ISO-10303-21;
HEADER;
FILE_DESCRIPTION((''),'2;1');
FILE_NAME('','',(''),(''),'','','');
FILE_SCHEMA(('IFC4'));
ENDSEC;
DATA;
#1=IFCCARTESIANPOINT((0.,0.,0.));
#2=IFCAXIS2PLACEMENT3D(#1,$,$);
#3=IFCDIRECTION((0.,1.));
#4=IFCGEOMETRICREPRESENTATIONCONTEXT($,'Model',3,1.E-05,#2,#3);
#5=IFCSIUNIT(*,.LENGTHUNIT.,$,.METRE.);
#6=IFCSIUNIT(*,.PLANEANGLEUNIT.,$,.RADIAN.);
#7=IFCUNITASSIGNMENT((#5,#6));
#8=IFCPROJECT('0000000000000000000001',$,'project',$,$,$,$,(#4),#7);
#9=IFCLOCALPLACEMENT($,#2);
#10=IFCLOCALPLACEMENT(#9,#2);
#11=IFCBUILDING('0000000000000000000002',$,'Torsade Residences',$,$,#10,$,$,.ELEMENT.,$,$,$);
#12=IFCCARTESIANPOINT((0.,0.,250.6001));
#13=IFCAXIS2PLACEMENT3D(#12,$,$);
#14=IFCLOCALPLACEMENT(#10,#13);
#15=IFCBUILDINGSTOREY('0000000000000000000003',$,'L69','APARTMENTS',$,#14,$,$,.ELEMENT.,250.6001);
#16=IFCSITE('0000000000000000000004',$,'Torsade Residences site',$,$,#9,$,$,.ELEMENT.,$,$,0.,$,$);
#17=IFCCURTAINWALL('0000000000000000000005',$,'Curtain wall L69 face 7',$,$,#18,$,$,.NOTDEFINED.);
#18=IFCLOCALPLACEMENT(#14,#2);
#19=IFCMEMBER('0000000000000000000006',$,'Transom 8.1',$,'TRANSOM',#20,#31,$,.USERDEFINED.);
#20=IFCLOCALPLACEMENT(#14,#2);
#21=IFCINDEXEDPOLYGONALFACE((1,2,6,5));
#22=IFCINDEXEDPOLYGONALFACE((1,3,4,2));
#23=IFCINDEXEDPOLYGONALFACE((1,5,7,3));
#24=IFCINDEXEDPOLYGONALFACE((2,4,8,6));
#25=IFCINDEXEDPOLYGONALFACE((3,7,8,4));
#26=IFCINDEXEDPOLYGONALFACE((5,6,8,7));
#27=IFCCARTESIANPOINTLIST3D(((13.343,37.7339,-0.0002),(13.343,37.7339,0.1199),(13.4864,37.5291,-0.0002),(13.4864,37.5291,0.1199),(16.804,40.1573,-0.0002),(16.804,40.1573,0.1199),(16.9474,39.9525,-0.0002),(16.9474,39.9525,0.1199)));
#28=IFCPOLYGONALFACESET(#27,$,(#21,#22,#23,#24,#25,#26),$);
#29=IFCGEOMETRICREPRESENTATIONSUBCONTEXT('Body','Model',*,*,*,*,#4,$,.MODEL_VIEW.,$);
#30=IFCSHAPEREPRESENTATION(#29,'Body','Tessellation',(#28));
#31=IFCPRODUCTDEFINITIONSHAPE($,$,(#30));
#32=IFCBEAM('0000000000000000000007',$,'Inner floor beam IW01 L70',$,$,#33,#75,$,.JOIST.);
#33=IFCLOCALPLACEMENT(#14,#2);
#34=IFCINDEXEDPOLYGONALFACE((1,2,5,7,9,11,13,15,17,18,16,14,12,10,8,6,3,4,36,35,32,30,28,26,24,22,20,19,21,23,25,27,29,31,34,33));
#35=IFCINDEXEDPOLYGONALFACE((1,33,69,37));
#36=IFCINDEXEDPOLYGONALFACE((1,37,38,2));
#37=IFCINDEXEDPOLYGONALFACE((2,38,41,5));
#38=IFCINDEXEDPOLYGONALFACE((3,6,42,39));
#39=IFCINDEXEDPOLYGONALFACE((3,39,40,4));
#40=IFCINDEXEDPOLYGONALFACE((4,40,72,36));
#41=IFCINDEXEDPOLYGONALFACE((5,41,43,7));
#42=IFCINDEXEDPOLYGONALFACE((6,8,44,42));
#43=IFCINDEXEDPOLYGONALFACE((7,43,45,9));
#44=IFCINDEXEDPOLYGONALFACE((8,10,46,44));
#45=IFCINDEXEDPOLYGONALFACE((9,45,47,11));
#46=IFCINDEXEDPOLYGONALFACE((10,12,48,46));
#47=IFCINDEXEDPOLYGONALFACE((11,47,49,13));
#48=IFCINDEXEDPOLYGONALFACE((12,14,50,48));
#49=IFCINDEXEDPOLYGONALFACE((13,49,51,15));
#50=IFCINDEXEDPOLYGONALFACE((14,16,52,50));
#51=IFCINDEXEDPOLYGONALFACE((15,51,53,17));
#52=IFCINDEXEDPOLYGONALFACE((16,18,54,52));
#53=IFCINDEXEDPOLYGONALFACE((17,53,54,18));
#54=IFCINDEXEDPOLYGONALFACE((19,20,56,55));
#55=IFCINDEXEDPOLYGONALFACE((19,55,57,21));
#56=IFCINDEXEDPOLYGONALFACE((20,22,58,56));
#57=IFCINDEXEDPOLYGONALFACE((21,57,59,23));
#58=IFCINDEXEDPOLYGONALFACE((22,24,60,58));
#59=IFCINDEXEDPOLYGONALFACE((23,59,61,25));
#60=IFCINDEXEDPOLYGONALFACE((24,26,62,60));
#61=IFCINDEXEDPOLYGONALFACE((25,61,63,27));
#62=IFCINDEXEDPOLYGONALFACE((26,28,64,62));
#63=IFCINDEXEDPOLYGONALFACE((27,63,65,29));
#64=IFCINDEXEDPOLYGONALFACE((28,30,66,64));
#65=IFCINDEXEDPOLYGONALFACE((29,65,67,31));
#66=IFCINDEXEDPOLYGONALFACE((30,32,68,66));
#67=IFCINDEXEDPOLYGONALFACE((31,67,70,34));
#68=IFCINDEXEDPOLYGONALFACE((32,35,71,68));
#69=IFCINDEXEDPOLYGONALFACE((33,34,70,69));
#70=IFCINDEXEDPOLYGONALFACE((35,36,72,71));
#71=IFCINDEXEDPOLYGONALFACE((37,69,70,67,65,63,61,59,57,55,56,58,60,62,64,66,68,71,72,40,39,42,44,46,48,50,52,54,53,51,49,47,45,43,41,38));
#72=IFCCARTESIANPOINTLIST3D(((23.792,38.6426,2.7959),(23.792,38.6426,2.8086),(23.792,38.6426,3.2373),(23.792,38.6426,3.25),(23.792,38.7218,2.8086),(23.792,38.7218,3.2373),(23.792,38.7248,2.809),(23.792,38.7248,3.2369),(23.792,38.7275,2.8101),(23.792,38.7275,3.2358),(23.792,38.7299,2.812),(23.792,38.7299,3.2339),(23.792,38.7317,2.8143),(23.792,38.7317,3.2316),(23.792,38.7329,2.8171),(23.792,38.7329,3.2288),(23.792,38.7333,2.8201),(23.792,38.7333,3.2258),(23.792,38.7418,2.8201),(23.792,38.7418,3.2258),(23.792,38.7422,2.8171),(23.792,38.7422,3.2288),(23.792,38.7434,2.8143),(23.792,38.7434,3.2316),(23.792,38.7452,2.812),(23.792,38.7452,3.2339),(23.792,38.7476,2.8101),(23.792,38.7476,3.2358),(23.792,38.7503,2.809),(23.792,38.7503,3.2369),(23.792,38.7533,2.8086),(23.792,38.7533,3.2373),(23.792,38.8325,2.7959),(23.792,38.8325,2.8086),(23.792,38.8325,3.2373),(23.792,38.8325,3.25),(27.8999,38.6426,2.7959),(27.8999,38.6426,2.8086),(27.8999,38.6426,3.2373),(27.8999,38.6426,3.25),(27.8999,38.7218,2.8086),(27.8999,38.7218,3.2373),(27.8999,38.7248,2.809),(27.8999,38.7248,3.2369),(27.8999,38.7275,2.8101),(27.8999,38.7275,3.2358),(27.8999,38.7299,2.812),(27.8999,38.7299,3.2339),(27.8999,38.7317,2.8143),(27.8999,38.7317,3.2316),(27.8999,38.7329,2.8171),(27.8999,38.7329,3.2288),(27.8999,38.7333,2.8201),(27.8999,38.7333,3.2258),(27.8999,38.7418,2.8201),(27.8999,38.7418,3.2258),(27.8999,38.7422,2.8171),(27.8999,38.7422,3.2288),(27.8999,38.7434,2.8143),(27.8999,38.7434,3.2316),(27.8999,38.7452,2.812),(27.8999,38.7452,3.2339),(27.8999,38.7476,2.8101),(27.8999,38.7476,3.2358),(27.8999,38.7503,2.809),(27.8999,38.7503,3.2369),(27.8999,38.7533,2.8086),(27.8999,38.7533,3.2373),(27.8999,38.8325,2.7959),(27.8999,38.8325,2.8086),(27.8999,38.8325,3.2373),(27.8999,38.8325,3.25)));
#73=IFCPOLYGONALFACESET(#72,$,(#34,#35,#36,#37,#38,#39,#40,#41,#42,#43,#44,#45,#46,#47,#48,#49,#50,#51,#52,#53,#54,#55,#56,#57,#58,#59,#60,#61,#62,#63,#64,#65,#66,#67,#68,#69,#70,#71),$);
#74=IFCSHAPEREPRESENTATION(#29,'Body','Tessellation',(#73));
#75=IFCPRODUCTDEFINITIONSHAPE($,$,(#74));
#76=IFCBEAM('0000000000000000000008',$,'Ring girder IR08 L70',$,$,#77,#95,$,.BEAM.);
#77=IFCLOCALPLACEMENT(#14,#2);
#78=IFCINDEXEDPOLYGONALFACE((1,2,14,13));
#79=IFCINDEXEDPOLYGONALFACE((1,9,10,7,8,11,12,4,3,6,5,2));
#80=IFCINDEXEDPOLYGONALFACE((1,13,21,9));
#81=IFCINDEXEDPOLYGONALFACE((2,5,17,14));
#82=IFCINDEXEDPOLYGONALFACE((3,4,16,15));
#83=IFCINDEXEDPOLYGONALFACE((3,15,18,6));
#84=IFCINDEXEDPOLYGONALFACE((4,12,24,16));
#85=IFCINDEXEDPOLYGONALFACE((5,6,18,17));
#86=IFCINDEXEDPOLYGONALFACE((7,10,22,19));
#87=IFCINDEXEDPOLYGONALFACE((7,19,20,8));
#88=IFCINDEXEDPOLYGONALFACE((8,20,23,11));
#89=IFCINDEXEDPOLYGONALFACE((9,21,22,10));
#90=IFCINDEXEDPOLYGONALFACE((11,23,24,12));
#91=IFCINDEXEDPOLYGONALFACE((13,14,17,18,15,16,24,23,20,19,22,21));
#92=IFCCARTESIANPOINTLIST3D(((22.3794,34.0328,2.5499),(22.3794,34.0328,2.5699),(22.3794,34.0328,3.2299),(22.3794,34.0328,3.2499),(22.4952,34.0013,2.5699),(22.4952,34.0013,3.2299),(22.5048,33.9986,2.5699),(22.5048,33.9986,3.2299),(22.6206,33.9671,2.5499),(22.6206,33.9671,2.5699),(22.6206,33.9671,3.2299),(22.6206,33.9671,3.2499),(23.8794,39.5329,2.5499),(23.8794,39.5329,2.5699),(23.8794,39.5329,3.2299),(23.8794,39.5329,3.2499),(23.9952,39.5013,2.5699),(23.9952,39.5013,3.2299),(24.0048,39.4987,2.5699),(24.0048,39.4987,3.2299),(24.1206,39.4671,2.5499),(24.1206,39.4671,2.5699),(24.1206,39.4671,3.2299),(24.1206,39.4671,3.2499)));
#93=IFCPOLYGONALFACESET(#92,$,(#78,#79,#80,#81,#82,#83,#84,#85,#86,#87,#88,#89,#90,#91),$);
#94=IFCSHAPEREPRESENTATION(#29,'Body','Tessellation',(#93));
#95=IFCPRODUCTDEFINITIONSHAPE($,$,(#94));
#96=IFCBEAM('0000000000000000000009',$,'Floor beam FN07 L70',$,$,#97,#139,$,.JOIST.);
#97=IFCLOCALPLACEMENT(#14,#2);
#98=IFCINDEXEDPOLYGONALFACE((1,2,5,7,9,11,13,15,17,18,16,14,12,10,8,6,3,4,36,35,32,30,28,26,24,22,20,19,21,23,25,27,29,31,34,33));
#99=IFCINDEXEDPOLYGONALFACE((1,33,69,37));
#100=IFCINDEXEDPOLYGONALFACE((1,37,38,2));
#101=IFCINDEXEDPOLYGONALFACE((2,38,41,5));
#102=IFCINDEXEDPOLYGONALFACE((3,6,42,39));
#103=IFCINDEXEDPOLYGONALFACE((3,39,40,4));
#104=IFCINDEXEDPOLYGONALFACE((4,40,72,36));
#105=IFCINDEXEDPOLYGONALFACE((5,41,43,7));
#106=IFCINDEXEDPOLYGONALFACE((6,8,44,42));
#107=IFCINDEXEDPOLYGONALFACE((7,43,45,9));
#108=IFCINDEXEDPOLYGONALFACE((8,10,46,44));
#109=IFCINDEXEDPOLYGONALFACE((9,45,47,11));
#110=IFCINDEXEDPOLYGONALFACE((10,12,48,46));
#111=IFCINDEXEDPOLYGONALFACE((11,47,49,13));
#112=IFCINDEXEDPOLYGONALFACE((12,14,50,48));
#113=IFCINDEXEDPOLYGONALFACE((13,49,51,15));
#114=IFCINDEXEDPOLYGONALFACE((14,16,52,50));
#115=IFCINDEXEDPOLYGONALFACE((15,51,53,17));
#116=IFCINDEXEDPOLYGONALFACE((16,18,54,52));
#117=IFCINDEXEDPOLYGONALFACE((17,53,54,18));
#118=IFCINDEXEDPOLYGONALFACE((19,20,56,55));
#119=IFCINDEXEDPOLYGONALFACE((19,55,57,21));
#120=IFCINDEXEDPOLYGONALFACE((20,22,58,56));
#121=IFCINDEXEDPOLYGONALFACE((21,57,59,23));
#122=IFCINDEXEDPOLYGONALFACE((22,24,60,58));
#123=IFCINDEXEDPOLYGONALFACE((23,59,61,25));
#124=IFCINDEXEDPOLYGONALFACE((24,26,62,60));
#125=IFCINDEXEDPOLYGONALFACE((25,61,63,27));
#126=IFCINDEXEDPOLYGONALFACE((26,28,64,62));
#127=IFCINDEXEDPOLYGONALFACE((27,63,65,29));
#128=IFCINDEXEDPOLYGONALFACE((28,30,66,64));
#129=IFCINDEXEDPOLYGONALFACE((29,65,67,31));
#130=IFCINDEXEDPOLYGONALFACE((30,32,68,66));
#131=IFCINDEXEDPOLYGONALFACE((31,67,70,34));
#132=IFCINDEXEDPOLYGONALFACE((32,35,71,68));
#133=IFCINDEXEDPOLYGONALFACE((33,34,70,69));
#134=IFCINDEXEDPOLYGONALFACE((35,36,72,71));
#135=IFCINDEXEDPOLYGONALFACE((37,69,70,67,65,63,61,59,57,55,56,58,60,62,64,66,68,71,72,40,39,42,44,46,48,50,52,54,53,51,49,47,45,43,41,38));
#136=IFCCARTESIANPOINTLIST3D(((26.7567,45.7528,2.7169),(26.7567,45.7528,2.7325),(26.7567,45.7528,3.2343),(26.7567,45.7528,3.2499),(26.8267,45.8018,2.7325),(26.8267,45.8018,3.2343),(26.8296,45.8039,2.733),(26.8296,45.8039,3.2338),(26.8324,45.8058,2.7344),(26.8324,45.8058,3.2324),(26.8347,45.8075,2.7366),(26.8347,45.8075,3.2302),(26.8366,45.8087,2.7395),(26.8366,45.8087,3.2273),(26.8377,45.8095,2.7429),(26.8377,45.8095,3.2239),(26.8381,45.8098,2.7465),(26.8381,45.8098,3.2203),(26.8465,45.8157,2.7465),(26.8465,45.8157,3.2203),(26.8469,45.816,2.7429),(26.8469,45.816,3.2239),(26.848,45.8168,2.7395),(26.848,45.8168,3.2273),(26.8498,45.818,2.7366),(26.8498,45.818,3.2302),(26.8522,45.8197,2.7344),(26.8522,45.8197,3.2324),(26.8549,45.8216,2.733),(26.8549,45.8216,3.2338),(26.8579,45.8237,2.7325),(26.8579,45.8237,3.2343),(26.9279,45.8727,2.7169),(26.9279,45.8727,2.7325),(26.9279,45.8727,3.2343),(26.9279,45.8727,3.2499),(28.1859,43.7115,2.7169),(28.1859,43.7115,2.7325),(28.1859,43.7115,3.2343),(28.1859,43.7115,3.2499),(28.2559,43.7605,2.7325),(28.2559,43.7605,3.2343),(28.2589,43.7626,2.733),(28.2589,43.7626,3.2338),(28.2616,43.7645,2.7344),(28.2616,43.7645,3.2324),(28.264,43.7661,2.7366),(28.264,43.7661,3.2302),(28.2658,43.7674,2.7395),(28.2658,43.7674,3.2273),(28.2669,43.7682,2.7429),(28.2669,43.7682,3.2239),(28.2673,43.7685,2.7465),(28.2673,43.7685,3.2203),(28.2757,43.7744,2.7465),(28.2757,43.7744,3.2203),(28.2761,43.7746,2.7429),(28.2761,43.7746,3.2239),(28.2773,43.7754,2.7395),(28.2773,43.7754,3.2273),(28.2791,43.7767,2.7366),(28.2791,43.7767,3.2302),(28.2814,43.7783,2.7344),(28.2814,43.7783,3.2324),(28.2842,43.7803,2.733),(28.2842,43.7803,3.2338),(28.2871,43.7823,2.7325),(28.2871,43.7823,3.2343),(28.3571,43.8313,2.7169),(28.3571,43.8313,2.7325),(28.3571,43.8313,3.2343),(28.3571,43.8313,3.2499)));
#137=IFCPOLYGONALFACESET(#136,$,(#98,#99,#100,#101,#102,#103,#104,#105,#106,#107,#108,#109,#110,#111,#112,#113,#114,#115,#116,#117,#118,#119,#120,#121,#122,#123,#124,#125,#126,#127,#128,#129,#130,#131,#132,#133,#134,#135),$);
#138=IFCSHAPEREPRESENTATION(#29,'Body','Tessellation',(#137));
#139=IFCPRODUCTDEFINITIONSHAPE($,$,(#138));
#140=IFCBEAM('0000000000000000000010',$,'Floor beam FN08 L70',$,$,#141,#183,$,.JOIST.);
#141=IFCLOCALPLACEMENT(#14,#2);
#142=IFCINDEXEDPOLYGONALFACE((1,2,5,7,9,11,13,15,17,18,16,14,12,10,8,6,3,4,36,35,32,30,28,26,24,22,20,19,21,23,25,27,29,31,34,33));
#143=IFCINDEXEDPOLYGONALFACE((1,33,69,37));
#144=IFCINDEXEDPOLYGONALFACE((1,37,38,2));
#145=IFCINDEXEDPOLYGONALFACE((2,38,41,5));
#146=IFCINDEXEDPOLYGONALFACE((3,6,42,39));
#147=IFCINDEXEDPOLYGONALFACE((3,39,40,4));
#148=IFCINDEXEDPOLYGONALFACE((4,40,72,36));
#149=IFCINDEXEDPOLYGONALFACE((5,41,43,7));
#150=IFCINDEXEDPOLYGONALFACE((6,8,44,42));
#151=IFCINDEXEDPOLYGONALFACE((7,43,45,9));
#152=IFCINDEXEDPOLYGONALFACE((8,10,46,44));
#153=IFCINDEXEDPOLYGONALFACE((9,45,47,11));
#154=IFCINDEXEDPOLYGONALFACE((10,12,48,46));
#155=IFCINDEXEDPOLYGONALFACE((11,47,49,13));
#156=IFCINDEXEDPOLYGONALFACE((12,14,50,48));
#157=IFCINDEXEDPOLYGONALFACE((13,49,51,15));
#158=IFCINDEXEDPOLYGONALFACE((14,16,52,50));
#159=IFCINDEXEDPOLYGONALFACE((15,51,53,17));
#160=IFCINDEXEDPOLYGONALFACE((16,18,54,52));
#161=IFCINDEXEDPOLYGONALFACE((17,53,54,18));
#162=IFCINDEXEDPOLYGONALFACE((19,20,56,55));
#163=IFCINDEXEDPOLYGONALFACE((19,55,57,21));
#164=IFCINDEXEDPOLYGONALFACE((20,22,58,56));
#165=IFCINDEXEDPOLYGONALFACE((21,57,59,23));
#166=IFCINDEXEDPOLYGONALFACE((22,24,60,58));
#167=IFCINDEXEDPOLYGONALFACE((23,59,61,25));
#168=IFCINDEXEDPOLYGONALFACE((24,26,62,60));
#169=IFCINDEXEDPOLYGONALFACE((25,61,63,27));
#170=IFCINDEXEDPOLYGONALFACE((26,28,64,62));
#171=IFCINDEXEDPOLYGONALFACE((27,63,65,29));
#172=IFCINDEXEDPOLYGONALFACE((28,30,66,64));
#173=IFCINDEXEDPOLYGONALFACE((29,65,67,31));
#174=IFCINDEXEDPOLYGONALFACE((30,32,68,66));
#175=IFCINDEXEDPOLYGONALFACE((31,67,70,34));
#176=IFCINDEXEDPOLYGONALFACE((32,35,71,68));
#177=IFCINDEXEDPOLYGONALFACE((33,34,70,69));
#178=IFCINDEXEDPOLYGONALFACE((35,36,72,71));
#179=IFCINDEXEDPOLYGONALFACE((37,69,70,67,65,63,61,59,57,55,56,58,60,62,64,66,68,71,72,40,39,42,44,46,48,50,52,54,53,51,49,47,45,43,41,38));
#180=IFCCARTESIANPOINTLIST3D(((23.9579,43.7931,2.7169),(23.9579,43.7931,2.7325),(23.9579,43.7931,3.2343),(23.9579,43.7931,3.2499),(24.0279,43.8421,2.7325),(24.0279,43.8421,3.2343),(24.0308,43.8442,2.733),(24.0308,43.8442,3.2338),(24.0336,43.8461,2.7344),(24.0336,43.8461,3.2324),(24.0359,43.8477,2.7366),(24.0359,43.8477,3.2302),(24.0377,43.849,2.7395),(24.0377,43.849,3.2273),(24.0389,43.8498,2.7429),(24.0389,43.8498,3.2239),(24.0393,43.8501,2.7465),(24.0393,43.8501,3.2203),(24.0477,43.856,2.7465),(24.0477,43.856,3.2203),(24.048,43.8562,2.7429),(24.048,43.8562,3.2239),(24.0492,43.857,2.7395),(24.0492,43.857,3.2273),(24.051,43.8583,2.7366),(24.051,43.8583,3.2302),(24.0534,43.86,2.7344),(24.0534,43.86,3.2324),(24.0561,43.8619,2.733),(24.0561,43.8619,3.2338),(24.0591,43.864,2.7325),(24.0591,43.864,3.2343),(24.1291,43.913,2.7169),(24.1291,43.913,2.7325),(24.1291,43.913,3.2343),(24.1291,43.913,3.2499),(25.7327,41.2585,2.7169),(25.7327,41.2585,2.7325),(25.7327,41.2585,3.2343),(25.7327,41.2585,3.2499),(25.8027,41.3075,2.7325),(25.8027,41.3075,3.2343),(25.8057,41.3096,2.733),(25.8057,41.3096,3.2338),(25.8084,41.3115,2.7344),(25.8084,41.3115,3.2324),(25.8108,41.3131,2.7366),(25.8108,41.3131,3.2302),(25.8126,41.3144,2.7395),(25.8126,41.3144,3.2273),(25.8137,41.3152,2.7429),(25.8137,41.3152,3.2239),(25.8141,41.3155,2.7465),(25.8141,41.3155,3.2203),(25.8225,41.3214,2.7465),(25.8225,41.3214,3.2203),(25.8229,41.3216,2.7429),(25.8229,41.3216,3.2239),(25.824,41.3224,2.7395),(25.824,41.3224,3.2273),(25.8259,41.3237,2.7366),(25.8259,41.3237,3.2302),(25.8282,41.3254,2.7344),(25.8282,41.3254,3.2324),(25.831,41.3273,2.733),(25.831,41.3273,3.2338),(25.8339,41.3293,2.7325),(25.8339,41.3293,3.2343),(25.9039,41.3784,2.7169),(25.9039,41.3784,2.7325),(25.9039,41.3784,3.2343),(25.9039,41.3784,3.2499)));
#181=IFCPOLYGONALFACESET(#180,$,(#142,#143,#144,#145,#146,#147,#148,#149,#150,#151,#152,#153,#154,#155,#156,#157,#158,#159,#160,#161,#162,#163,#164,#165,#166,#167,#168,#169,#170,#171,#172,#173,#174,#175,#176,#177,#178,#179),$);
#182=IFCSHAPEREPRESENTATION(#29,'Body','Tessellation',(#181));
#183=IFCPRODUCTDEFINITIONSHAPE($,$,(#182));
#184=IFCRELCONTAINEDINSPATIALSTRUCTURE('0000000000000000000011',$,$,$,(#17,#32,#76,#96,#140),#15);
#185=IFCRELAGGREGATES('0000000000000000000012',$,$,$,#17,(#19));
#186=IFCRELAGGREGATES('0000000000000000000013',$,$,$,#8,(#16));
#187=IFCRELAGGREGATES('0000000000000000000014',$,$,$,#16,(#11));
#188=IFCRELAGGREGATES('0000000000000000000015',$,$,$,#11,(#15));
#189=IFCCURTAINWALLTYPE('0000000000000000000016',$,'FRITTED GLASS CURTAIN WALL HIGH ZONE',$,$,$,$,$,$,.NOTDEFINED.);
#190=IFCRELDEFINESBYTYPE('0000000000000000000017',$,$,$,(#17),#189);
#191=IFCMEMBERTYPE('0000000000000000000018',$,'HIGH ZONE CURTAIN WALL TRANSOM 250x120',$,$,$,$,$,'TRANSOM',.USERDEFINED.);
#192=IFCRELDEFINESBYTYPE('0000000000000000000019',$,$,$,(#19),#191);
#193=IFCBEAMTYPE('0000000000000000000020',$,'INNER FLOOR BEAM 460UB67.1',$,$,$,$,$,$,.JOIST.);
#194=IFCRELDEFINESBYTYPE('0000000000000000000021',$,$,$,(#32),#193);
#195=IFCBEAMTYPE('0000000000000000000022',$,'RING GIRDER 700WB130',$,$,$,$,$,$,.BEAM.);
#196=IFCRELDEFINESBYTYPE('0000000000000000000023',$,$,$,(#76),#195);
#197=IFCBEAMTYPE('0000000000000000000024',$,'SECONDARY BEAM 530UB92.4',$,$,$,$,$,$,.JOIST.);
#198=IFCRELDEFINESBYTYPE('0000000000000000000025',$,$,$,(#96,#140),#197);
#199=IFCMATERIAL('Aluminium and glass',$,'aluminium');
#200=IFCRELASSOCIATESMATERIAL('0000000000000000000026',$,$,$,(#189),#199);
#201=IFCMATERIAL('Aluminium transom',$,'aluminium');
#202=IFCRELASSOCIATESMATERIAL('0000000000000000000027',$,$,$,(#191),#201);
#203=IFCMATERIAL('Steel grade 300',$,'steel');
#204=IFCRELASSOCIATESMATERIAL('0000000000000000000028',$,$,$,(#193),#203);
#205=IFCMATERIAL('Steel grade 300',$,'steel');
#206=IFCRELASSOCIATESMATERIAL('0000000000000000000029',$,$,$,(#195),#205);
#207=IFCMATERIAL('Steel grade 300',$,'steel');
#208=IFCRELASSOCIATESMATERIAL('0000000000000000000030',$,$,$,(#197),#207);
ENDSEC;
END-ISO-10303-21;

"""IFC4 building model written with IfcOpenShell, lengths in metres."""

from ifc_helpers import new_model, si_unit, direction, frame, origin, origin_2d, place, context, subcontext, project, spatial, rectangle, i_section, extrude, material, material_profile, profile_set, type_object, element, aggregate, save


model = new_model("IFC4")

# Units and contexts
model_context = context("Model", 3, precision=1e-05, world=origin(), true_north=direction((0.0, 1.0)))
body_context = subcontext(model_context, "Body", "Model", "MODEL_VIEW")
ifc_project = project(units=[si_unit("LENGTHUNIT", "METRE"), si_unit("PLANEANGLEUNIT", "RADIAN")], contexts=[model_context])

# Site, building, storey
site_placement = place(None, origin())
site = spatial("IfcSite", under=ifc_project, at=site_placement, Name="Torsade Residences site", CompositionType="ELEMENT", RefElevation=0.0)
building_placement = place(site_placement, origin())
building = spatial("IfcBuilding", under=site, at=building_placement, Name="Torsade Residences", CompositionType="ELEMENT")
storey_placement = place(building_placement, frame((0.0, 0.0, 250.6001)))
storey = spatial("IfcBuildingStorey", under=building, at=storey_placement, Name="L69", Description="APARTMENTS", CompositionType="ELEMENT", Elevation=250.6001)

# Curtain wall, member
ifc_material_1 = material(Name="Aluminium and glass", Category="aluminium")
curtain_wall_type = type_object("IfcCurtainWallType", Name="FRITTED GLASS CURTAIN WALL HIGH ZONE", PredefinedType="NOTDEFINED", material=ifc_material_1)
curtain_wall_placement = place(storey_placement, origin())
curtain_wall = element("IfcCurtainWall", 1, at=curtain_wall_placement, inside=storey, type_object=curtain_wall_type, Name="Curtain wall L69 face 7", PredefinedType="NOTDEFINED")
ifc_material_2 = material(Name="Aluminium transom", Category="aluminium")
ifc_material_profile_1 = material_profile(ifc_material_2, rectangle(XDim=0.25, YDim=0.1201, at=origin_2d()), Name="HIGH ZONE CURTAIN WALL TRANSOM 250x120")
ifc_profile_set_1 = profile_set([ifc_material_profile_1], Name="Aluminium transom")
member_type_1 = type_object("IfcMemberType", Name="HIGH ZONE CURTAIN WALL TRANSOM 250x120", ElementType="TRANSOM", PredefinedType="USERDEFINED", material=ifc_profile_set_1)
member_1_placement = place(storey_placement, frame((16.8757, 40.0549, 0.0598), z_axis=(-0.819156, -0.573571, 0.0), x_axis=(0.573571, -0.819156, 0.0)))
member_1 = element("IfcMember", 2, at=member_1_placement, type_object=member_type_1, Name="Transom 8.1", ObjectType="TRANSOM", PredefinedType="USERDEFINED", context=body_context, shape_type="SweptSolid", body=[
    extrude(rectangle(XDim=0.25, YDim=0.1201, at=origin_2d()), origin(), (0.0, 0.0, 1.0), 4.2251),
])

# Beams
ifc_material_3 = material(Name="Steel grade 300", Category="steel")
ifc_material_profile_2 = material_profile(ifc_material_3, i_section(OverallWidth=0.1899, OverallDepth=0.4541, WebThickness=0.0085, FlangeThickness=0.0127, FilletRadius=0.0115, at=origin_2d()), Name="460UB67.1")
ifc_profile_set_2 = profile_set([ifc_material_profile_2], Name="Steel grade 300")
beam_type_1 = type_object("IfcBeamType", Name="INNER FLOOR BEAM 460UB67.1", PredefinedType="JOIST", material=ifc_profile_set_2)
beam_1_placement = place(storey_placement, frame((27.8999, 38.7375, 3.0229), z_axis=(-1.0, 0.0, 0.0), x_axis=(0.0, -1.0, 0.0)))
element("IfcBeam", 3, at=beam_1_placement, inside=storey, type_object=beam_type_1, Name="Inner floor beam IW01 L70", PredefinedType="JOIST", context=body_context, shape_type="SweptSolid", body=[
    extrude(i_section(OverallWidth=0.1899, OverallDepth=0.4541, WebThickness=0.0085, FlangeThickness=0.0127, FilletRadius=0.0115, at=origin_2d()), origin(), (0.0, 0.0, 1.0), 4.1079),
])
ifc_material_4 = material(Name="Steel grade 300", Category="steel")
ifc_material_profile_3 = material_profile(ifc_material_4, i_section(OverallWidth=0.25, OverallDepth=0.7, WebThickness=0.01, FlangeThickness=0.02, at=origin_2d()), Name="700WB130")
ifc_profile_set_3 = profile_set([ifc_material_profile_3], Name="Steel grade 300")
beam_type_2 = type_object("IfcBeamType", Name="RING GIRDER 700WB130", PredefinedType="BEAM", material=ifc_profile_set_3)
beam_2_placement = place(storey_placement, frame((24.0, 39.5, 2.8999), z_axis=(-0.263117, -0.964764, 0.0), x_axis=(0.964764, -0.263117, 0.0)))
element("IfcBeam", 4, at=beam_2_placement, inside=storey, type_object=beam_type_2, Name="Ring girder IR08 L70", PredefinedType="BEAM", context=body_context, shape_type="SweptSolid", body=[
    extrude(i_section(OverallWidth=0.25, OverallDepth=0.7, WebThickness=0.01, FlangeThickness=0.02, at=origin_2d()), origin(), (0.0, 0.0, 1.0), 5.7009),
])
ifc_material_5 = material(Name="Steel grade 300", Category="steel")
ifc_material_profile_4 = material_profile(ifc_material_5, i_section(OverallWidth=0.209, OverallDepth=0.533, WebThickness=0.0103, FlangeThickness=0.0156, FilletRadius=0.0139, at=origin_2d()), Name="530UB92.4")
ifc_profile_set_4 = profile_set([ifc_material_profile_4], Name="Steel grade 300")
beam_type_3 = type_object("IfcBeamType", Name="SECONDARY BEAM 530UB92.4", PredefinedType="JOIST", material=ifc_profile_set_4)
beam_3_placement = place(storey_placement, frame((26.8423, 45.8127, 2.9834), z_axis=(0.573548, -0.819172, 0.0), x_axis=(0.819172, 0.573548, 0.0)))
element("IfcBeam", 5, at=beam_3_placement, inside=storey, type_object=beam_type_3, Name="Floor beam FN07 L70", PredefinedType="JOIST", context=body_context, shape_type="SweptSolid", body=[
    extrude(i_section(OverallWidth=0.209, OverallDepth=0.533, WebThickness=0.0103, FlangeThickness=0.0156, FilletRadius=0.0139, at=origin_2d()), origin(), (0.0, 0.0, 1.0), 2.4919),
])
beam_4_placement = place(storey_placement, frame((24.0435, 43.853, 2.9834), z_axis=(0.5736, -0.819136, 0.0), x_axis=(0.819136, 0.5736, 0.0)))
element("IfcBeam", 6, at=beam_4_placement, inside=storey, type_object=beam_type_3, Name="Floor beam FN08 L70", PredefinedType="JOIST", context=body_context, shape_type="SweptSolid", body=[
    extrude(i_section(OverallWidth=0.209, OverallDepth=0.533, WebThickness=0.0103, FlangeThickness=0.0156, FilletRadius=0.0139, at=origin_2d()), origin(), (0.0, 0.0, 1.0), 3.0942),
])

aggregate(curtain_wall, [member_1])

save(model, "model.ifc")
